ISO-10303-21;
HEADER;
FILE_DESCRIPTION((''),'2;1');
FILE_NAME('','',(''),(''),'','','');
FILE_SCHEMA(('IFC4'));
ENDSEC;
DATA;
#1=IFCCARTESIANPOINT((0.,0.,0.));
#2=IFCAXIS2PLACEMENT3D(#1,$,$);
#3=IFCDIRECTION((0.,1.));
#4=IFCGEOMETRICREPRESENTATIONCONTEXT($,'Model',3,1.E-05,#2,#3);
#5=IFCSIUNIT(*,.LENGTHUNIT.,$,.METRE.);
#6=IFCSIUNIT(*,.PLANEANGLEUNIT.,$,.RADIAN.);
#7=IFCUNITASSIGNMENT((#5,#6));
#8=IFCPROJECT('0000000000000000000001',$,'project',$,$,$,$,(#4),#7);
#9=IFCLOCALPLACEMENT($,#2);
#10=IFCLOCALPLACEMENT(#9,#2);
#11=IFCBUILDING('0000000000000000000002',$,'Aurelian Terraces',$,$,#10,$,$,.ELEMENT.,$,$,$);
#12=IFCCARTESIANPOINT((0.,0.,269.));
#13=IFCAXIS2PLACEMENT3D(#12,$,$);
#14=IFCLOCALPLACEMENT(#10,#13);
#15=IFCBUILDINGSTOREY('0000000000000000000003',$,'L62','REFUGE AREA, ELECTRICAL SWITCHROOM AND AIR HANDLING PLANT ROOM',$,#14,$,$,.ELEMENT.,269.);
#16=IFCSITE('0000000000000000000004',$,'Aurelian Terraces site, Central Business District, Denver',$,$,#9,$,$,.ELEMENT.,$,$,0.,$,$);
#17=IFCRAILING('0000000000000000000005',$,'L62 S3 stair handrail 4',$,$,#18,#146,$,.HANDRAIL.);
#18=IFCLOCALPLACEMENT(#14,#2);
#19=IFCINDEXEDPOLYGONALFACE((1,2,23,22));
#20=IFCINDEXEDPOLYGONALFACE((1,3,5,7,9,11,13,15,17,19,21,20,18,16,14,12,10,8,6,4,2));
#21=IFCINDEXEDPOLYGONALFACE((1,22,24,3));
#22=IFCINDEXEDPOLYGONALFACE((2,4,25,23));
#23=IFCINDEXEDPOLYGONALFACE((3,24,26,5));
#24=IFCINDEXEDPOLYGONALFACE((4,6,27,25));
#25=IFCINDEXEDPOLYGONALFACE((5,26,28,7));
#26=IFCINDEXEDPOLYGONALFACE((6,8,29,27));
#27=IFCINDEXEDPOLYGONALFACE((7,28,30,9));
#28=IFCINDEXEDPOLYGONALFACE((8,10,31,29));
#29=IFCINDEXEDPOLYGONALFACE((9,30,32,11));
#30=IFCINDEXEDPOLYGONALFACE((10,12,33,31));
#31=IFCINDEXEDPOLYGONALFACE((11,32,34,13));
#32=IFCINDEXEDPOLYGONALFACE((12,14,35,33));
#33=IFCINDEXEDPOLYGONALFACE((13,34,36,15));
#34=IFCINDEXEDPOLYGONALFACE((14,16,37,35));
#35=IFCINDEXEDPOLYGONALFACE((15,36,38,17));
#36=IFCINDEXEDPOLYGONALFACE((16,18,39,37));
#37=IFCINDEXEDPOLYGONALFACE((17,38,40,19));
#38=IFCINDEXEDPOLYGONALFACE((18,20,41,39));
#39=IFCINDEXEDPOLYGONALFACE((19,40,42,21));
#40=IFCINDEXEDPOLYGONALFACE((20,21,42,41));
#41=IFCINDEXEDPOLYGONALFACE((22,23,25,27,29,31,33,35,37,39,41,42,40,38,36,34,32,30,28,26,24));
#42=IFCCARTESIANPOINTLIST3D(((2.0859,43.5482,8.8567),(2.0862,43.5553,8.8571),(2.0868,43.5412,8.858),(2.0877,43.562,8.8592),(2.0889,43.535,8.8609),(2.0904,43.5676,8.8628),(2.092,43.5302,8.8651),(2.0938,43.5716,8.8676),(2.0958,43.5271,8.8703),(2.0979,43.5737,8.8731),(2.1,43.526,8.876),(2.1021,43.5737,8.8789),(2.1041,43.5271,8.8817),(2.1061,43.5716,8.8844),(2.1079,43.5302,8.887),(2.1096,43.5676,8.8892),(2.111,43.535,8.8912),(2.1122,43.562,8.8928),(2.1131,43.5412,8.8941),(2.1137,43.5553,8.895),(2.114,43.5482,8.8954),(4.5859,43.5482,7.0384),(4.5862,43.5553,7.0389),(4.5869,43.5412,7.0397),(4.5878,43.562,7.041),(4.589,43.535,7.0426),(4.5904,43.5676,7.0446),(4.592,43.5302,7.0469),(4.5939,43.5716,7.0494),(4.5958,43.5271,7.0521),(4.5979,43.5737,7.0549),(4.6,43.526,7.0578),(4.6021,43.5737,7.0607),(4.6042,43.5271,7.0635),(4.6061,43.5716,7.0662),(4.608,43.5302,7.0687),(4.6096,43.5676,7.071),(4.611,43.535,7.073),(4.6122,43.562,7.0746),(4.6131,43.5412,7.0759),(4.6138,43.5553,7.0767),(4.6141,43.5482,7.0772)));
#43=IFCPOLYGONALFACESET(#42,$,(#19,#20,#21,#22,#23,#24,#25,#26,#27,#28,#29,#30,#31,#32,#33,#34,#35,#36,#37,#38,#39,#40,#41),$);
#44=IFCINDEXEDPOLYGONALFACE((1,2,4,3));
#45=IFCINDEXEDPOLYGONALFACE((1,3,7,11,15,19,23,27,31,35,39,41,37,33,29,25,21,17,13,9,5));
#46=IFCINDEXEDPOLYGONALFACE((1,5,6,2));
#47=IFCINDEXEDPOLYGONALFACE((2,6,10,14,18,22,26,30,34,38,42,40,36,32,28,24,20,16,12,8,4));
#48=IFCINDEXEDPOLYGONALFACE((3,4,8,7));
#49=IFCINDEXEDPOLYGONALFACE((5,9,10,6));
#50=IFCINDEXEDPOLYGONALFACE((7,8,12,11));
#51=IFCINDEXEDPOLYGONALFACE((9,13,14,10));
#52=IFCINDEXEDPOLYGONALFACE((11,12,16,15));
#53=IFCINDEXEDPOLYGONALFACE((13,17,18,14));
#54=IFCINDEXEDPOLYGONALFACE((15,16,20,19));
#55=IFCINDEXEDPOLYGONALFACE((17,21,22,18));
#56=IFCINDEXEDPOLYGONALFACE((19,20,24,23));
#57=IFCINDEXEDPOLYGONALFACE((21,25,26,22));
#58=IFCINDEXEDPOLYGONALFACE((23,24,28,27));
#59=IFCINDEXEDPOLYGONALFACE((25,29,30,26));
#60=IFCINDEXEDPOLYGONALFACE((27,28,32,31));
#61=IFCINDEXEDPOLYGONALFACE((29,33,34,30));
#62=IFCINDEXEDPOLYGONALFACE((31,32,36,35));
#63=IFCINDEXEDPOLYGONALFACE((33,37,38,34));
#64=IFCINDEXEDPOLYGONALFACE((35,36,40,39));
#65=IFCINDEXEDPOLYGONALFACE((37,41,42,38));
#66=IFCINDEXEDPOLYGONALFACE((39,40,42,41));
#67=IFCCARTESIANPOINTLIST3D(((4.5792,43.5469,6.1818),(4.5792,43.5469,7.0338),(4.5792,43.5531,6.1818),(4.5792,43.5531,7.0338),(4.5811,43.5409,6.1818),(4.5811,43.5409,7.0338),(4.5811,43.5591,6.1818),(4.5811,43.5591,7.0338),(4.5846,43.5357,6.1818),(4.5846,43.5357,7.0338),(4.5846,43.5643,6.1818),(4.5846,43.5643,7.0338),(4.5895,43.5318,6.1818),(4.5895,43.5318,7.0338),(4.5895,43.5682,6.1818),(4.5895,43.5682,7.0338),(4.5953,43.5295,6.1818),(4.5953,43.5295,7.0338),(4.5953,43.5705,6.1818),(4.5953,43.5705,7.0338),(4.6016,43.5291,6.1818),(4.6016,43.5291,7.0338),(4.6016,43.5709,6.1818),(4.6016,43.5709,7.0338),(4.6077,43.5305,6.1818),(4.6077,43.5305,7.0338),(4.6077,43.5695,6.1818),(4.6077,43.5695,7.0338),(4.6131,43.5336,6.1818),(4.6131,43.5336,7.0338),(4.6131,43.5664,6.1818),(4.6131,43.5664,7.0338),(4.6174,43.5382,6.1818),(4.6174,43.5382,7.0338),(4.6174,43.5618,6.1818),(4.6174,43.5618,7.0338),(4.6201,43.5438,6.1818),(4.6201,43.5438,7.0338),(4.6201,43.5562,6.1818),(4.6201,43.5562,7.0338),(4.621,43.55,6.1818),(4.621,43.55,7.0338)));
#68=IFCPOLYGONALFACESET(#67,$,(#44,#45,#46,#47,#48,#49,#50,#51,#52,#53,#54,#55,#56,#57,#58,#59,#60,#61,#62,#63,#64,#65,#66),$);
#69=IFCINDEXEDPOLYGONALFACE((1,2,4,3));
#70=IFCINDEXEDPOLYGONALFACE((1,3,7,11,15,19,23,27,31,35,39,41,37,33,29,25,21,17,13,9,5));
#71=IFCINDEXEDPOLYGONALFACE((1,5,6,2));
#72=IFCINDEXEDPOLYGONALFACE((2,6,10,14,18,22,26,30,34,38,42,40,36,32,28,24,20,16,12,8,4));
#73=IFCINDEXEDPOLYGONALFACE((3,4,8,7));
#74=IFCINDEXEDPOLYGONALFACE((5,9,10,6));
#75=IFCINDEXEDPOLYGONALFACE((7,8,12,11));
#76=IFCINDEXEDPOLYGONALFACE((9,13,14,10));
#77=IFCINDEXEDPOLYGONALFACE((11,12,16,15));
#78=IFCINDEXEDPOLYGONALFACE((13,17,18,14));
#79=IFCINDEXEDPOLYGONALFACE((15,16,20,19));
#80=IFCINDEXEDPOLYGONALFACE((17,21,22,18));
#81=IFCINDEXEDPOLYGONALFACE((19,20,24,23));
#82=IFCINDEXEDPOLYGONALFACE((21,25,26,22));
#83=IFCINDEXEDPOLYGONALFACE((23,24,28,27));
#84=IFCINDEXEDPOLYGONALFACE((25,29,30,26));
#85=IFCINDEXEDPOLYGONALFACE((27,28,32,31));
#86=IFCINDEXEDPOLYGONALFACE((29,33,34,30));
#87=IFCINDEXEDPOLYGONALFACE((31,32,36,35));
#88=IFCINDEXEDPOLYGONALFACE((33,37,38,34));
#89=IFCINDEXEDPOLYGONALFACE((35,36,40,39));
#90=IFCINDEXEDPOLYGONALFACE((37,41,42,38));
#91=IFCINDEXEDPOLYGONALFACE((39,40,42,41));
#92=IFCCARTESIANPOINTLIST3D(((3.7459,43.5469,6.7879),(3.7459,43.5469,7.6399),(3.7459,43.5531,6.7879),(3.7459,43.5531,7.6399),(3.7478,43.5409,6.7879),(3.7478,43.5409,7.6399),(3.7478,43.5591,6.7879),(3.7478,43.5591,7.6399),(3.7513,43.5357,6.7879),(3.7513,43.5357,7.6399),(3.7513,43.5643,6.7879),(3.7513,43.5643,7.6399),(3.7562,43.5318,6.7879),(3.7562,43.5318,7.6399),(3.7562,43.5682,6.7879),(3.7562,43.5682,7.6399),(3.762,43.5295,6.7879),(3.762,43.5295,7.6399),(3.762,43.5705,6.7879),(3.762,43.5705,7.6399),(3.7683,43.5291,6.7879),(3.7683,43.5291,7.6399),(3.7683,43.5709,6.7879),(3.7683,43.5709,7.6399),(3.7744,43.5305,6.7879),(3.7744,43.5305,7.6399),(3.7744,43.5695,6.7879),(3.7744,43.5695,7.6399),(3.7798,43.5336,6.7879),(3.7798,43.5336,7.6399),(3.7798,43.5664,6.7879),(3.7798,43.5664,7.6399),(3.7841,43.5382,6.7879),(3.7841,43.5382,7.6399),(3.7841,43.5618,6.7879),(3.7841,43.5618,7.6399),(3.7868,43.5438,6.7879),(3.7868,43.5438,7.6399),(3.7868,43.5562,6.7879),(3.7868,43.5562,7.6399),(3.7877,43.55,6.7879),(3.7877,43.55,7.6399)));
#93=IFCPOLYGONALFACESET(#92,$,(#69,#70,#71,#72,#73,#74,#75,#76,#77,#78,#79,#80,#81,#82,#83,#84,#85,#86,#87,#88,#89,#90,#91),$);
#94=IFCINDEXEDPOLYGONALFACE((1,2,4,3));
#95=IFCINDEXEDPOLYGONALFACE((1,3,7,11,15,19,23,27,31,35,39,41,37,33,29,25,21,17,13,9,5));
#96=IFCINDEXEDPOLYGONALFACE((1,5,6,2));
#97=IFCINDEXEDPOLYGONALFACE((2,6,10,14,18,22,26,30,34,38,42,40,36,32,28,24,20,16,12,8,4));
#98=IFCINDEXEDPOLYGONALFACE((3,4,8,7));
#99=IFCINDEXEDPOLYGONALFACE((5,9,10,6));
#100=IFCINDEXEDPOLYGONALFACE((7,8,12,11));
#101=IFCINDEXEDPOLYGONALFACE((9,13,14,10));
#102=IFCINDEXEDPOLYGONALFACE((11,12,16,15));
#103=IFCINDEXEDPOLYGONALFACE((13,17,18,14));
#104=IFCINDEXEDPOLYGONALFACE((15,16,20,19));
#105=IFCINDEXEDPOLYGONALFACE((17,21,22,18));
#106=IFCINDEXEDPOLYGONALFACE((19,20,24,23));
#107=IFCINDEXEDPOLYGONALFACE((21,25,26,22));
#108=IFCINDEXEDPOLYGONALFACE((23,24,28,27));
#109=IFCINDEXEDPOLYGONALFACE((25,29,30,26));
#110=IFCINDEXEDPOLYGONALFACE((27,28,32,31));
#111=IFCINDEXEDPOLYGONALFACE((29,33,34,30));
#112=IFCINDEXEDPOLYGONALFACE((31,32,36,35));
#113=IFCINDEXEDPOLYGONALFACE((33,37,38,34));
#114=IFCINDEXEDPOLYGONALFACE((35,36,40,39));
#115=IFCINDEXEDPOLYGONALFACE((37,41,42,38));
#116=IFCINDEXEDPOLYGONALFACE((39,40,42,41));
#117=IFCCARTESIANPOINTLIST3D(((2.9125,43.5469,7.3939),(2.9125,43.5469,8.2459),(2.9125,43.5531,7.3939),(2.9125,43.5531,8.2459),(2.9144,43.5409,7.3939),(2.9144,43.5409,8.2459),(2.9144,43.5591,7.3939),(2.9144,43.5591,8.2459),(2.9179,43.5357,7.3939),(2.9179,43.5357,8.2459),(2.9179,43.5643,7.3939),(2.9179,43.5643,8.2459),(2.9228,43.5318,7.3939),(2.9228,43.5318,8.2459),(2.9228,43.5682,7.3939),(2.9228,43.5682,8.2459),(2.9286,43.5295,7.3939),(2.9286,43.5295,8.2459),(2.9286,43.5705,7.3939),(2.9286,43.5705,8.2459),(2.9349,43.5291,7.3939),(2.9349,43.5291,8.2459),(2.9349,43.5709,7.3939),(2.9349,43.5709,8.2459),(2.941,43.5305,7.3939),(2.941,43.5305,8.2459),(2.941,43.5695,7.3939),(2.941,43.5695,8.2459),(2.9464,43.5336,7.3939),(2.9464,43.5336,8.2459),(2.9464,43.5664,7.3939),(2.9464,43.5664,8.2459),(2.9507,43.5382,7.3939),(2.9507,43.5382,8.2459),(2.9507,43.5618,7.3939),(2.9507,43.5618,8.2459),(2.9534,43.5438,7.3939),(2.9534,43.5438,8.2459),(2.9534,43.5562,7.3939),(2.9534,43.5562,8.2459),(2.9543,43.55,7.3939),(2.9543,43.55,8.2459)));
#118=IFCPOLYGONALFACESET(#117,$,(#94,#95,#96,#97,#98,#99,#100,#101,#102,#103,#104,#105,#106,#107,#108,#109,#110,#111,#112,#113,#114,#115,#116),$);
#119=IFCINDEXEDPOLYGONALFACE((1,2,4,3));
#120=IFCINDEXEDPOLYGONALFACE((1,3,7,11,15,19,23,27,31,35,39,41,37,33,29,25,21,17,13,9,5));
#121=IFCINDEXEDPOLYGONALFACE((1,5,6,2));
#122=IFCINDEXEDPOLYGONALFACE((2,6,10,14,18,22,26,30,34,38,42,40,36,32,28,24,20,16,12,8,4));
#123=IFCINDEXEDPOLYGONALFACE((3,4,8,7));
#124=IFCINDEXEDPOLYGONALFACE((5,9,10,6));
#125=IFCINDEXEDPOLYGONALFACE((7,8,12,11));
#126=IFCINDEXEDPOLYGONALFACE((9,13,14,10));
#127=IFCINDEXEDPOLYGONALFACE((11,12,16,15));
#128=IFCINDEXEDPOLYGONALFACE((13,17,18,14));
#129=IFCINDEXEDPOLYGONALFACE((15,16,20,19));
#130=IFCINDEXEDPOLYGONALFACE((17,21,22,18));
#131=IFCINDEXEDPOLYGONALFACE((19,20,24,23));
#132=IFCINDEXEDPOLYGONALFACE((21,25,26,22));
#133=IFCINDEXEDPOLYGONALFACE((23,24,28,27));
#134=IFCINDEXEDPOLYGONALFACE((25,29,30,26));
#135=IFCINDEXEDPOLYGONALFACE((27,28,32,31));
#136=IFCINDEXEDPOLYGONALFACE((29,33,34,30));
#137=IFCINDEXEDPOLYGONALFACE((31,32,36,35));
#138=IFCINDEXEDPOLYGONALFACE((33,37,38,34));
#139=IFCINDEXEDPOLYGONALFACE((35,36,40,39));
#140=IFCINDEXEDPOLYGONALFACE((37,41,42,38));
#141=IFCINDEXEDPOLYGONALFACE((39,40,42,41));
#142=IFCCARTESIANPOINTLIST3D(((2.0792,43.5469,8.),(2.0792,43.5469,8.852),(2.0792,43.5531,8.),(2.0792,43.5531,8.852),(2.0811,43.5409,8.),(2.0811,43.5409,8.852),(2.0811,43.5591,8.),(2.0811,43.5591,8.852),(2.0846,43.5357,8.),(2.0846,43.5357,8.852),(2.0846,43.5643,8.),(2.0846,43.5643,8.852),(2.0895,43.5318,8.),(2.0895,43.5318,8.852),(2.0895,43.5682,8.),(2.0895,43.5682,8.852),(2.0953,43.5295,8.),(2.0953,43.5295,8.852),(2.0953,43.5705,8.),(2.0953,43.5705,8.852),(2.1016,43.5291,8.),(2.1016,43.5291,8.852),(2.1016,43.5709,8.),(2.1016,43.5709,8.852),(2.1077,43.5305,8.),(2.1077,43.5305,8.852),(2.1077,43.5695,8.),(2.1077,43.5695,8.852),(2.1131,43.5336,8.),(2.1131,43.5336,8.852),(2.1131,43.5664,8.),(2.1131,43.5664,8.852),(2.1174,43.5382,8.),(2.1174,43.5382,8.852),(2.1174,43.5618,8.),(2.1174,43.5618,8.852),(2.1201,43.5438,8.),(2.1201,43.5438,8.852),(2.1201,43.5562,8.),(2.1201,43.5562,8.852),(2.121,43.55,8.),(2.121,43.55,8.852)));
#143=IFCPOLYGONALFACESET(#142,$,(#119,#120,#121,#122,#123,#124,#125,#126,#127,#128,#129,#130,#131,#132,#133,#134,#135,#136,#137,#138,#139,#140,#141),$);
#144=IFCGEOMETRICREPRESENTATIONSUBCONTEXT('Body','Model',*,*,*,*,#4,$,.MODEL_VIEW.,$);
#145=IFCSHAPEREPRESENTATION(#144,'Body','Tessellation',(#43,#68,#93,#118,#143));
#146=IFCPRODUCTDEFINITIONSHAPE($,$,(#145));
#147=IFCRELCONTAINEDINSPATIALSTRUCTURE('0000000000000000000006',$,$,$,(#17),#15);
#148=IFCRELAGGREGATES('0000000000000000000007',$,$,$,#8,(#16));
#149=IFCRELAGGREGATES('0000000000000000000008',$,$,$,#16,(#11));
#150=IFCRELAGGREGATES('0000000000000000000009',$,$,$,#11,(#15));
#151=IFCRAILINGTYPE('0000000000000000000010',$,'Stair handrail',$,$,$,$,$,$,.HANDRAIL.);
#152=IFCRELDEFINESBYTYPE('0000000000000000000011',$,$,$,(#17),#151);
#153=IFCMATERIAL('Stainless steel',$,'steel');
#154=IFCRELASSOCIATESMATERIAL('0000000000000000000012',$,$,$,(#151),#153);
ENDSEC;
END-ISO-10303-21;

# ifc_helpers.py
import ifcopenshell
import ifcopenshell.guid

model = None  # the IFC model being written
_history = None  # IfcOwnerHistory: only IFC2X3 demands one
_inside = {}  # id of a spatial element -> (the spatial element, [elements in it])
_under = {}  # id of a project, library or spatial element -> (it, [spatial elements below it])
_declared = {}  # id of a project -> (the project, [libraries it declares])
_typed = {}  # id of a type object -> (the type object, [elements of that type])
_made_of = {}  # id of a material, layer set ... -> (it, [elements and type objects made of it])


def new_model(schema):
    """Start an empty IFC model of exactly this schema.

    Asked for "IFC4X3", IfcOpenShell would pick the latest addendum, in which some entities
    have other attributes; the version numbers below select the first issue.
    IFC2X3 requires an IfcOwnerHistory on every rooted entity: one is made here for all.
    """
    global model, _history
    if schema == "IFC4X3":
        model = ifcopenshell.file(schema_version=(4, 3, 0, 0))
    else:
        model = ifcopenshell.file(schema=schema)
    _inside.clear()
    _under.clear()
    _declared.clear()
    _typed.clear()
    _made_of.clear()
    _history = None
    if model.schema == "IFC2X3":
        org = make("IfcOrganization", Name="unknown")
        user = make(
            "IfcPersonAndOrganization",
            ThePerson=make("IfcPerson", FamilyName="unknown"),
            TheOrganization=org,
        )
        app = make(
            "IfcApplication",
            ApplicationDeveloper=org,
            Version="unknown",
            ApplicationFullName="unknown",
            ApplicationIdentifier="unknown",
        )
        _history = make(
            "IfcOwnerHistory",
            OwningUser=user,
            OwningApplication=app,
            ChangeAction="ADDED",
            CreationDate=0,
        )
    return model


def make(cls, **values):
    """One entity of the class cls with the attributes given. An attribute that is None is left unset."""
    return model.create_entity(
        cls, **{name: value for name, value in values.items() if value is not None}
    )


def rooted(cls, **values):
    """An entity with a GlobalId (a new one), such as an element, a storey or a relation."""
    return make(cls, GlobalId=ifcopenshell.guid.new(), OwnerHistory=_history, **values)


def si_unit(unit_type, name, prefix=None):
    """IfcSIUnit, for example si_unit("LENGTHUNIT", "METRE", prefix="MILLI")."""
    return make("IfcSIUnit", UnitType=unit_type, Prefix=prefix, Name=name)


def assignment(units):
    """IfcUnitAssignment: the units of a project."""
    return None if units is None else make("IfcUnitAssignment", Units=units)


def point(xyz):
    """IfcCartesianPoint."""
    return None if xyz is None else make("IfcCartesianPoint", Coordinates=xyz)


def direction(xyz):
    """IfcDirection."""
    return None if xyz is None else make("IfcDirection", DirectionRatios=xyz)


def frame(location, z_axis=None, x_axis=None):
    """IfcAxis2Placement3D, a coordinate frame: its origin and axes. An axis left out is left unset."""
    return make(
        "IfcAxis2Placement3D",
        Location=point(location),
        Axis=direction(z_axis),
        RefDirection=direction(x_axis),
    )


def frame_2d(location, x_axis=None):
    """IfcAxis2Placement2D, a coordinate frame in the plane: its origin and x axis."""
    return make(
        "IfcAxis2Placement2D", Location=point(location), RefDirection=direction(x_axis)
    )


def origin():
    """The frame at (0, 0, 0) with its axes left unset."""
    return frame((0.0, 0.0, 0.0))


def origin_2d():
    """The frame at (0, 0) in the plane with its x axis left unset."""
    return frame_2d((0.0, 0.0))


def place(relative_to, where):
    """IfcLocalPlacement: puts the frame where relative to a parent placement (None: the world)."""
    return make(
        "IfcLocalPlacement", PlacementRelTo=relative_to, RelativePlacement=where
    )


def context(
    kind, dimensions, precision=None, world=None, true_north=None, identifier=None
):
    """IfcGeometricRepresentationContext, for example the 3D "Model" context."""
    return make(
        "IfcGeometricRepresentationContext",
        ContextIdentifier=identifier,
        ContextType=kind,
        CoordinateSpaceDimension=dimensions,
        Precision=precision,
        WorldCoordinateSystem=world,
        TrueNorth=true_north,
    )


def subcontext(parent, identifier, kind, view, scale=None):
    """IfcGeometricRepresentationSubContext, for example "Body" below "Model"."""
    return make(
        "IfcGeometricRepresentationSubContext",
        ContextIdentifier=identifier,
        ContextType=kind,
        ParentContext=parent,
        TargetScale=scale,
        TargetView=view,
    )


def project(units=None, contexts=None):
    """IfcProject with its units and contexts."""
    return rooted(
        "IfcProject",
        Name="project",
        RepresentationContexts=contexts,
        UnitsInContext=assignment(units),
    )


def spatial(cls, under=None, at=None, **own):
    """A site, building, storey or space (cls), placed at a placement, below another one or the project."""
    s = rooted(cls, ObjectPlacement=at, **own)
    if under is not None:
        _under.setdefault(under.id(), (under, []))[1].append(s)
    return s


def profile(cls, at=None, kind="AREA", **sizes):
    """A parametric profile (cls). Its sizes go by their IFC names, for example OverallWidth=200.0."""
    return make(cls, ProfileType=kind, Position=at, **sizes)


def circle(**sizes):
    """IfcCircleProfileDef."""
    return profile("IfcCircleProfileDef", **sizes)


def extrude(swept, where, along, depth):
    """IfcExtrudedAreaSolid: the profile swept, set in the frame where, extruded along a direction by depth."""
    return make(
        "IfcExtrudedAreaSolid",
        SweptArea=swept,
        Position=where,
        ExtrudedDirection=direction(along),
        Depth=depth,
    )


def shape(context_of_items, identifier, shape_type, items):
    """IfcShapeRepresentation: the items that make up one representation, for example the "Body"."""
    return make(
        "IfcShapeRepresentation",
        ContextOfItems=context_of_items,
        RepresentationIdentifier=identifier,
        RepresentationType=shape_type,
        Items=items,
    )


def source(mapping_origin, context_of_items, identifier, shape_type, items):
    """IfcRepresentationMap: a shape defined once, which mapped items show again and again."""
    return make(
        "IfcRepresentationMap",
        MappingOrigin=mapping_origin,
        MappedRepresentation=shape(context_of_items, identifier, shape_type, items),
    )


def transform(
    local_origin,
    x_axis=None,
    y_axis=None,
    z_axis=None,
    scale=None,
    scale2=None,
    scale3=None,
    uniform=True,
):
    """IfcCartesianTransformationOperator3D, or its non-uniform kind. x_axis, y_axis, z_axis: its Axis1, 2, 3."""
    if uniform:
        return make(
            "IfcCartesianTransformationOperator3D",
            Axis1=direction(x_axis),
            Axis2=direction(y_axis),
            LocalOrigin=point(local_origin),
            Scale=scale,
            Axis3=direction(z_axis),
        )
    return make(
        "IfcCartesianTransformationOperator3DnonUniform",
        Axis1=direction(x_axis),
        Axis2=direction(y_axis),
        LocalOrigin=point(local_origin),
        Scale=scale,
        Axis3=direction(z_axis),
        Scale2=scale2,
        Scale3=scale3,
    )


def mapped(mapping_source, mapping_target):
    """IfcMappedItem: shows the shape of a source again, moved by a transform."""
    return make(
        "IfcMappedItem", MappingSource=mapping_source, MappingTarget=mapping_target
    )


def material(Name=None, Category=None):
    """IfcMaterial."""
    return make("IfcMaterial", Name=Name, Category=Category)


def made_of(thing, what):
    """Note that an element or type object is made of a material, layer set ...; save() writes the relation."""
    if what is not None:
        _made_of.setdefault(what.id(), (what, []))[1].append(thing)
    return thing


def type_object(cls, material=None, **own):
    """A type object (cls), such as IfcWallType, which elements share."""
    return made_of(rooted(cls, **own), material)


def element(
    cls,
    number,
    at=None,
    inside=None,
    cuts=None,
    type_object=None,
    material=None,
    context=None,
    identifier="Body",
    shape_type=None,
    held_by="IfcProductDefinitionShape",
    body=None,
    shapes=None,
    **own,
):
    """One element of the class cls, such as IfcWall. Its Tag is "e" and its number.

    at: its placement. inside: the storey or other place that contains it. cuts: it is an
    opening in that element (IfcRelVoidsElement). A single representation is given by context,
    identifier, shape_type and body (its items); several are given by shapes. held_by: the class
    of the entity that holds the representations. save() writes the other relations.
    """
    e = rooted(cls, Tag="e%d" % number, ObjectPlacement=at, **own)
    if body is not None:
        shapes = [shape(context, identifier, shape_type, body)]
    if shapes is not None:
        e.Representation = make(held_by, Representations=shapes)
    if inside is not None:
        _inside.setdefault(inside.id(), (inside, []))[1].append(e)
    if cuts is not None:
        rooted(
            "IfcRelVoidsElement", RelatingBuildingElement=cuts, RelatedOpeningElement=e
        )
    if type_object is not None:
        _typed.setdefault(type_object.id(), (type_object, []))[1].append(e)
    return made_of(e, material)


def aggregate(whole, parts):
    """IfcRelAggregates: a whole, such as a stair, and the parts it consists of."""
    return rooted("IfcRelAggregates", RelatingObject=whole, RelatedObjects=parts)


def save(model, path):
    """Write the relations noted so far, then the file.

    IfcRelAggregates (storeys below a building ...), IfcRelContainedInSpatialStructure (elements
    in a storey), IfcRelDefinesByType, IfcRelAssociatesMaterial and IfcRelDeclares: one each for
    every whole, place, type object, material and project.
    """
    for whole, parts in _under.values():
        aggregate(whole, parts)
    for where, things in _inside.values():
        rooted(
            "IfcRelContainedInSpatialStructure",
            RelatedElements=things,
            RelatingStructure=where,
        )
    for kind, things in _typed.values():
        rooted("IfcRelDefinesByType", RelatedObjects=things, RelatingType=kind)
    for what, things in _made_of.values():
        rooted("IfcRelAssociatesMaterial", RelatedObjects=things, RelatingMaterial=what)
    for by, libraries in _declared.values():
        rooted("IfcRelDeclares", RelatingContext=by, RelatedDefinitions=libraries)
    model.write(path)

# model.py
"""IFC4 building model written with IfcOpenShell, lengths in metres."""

from ifc_helpers import new_model, si_unit, direction, frame, origin, origin_2d, place, context, subcontext, project, spatial, circle, extrude, source, transform, mapped, material, type_object, element, save


model = new_model("IFC4")

# Units and contexts
model_context = context("Model", 3, precision=1e-05, world=origin(), true_north=direction((0.0, 1.0)))
body_context = subcontext(model_context, "Body", "Model", "MODEL_VIEW")
ifc_project = project(units=[si_unit("LENGTHUNIT", "METRE"), si_unit("PLANEANGLEUNIT", "RADIAN")], contexts=[model_context])

# Site, building, storey
site_placement = place(None, origin())
site = spatial("IfcSite", under=ifc_project, at=site_placement, Name="Aurelian Terraces site, Central Business District, Denver", CompositionType="ELEMENT", RefElevation=0.0)
building_placement = place(site_placement, origin())
building = spatial("IfcBuilding", under=site, at=building_placement, Name="Aurelian Terraces", CompositionType="ELEMENT")
storey_placement = place(building_placement, frame((0.0, 0.0, 269.0)))
storey = spatial("IfcBuildingStorey", under=building, at=storey_placement, Name="L62", Description="REFUGE AREA, ELECTRICAL SWITCHROOM AND AIR HANDLING PLANT ROOM", CompositionType="ELEMENT", Elevation=269.0)

# Railing
ifc_material_1 = material(Name="Stainless steel", Category="steel")
railing_type_1 = type_object("IfcRailingType", Name="Stair handrail", PredefinedType="HANDRAIL", material=ifc_material_1)
shared_shape_1 = source(origin(), body_context, "Body", "SweptSolid", [
    extrude(circle(Radius=0.024, at=origin_2d()), frame((0.0, 0.0, 0.876), z_axis=(-0.808733, 0.0, 0.588176), x_axis=(0.0, -1.0, 0.0)), (0.0, 0.0, 1.0), 3.0913),
    extrude(circle(Radius=0.021, at=origin_2d()), origin(), (0.0, 0.0, 1.0), 0.852),
    extrude(circle(Radius=0.021, at=origin_2d()), frame((-0.8333, 0.0, 0.6061)), (0.0, 0.0, 1.0), 0.852),
    extrude(circle(Radius=0.021, at=origin_2d()), frame((-1.6667, 0.0, 1.2121)), (0.0, 0.0, 1.0), 0.852),
    extrude(circle(Radius=0.021, at=origin_2d()), frame((-2.5, 0.0, 1.8182)), (0.0, 0.0, 1.0), 0.852),
])
for number, where, name in (
    (1, (4.6, 43.55, 6.1818), "L62 S3 stair handrail 4"),
):
    element("IfcRailing", number, at=place(storey_placement, frame(where)), inside=storey, type_object=railing_type_1, Name=name, PredefinedType="HANDRAIL", context=body_context, shape_type="MappedRepresentation", body=[
        mapped(shared_shape_1, transform((0.0, 0.0, 0.0), scale=1.0)),
    ])

save(model, "model.ifc")
